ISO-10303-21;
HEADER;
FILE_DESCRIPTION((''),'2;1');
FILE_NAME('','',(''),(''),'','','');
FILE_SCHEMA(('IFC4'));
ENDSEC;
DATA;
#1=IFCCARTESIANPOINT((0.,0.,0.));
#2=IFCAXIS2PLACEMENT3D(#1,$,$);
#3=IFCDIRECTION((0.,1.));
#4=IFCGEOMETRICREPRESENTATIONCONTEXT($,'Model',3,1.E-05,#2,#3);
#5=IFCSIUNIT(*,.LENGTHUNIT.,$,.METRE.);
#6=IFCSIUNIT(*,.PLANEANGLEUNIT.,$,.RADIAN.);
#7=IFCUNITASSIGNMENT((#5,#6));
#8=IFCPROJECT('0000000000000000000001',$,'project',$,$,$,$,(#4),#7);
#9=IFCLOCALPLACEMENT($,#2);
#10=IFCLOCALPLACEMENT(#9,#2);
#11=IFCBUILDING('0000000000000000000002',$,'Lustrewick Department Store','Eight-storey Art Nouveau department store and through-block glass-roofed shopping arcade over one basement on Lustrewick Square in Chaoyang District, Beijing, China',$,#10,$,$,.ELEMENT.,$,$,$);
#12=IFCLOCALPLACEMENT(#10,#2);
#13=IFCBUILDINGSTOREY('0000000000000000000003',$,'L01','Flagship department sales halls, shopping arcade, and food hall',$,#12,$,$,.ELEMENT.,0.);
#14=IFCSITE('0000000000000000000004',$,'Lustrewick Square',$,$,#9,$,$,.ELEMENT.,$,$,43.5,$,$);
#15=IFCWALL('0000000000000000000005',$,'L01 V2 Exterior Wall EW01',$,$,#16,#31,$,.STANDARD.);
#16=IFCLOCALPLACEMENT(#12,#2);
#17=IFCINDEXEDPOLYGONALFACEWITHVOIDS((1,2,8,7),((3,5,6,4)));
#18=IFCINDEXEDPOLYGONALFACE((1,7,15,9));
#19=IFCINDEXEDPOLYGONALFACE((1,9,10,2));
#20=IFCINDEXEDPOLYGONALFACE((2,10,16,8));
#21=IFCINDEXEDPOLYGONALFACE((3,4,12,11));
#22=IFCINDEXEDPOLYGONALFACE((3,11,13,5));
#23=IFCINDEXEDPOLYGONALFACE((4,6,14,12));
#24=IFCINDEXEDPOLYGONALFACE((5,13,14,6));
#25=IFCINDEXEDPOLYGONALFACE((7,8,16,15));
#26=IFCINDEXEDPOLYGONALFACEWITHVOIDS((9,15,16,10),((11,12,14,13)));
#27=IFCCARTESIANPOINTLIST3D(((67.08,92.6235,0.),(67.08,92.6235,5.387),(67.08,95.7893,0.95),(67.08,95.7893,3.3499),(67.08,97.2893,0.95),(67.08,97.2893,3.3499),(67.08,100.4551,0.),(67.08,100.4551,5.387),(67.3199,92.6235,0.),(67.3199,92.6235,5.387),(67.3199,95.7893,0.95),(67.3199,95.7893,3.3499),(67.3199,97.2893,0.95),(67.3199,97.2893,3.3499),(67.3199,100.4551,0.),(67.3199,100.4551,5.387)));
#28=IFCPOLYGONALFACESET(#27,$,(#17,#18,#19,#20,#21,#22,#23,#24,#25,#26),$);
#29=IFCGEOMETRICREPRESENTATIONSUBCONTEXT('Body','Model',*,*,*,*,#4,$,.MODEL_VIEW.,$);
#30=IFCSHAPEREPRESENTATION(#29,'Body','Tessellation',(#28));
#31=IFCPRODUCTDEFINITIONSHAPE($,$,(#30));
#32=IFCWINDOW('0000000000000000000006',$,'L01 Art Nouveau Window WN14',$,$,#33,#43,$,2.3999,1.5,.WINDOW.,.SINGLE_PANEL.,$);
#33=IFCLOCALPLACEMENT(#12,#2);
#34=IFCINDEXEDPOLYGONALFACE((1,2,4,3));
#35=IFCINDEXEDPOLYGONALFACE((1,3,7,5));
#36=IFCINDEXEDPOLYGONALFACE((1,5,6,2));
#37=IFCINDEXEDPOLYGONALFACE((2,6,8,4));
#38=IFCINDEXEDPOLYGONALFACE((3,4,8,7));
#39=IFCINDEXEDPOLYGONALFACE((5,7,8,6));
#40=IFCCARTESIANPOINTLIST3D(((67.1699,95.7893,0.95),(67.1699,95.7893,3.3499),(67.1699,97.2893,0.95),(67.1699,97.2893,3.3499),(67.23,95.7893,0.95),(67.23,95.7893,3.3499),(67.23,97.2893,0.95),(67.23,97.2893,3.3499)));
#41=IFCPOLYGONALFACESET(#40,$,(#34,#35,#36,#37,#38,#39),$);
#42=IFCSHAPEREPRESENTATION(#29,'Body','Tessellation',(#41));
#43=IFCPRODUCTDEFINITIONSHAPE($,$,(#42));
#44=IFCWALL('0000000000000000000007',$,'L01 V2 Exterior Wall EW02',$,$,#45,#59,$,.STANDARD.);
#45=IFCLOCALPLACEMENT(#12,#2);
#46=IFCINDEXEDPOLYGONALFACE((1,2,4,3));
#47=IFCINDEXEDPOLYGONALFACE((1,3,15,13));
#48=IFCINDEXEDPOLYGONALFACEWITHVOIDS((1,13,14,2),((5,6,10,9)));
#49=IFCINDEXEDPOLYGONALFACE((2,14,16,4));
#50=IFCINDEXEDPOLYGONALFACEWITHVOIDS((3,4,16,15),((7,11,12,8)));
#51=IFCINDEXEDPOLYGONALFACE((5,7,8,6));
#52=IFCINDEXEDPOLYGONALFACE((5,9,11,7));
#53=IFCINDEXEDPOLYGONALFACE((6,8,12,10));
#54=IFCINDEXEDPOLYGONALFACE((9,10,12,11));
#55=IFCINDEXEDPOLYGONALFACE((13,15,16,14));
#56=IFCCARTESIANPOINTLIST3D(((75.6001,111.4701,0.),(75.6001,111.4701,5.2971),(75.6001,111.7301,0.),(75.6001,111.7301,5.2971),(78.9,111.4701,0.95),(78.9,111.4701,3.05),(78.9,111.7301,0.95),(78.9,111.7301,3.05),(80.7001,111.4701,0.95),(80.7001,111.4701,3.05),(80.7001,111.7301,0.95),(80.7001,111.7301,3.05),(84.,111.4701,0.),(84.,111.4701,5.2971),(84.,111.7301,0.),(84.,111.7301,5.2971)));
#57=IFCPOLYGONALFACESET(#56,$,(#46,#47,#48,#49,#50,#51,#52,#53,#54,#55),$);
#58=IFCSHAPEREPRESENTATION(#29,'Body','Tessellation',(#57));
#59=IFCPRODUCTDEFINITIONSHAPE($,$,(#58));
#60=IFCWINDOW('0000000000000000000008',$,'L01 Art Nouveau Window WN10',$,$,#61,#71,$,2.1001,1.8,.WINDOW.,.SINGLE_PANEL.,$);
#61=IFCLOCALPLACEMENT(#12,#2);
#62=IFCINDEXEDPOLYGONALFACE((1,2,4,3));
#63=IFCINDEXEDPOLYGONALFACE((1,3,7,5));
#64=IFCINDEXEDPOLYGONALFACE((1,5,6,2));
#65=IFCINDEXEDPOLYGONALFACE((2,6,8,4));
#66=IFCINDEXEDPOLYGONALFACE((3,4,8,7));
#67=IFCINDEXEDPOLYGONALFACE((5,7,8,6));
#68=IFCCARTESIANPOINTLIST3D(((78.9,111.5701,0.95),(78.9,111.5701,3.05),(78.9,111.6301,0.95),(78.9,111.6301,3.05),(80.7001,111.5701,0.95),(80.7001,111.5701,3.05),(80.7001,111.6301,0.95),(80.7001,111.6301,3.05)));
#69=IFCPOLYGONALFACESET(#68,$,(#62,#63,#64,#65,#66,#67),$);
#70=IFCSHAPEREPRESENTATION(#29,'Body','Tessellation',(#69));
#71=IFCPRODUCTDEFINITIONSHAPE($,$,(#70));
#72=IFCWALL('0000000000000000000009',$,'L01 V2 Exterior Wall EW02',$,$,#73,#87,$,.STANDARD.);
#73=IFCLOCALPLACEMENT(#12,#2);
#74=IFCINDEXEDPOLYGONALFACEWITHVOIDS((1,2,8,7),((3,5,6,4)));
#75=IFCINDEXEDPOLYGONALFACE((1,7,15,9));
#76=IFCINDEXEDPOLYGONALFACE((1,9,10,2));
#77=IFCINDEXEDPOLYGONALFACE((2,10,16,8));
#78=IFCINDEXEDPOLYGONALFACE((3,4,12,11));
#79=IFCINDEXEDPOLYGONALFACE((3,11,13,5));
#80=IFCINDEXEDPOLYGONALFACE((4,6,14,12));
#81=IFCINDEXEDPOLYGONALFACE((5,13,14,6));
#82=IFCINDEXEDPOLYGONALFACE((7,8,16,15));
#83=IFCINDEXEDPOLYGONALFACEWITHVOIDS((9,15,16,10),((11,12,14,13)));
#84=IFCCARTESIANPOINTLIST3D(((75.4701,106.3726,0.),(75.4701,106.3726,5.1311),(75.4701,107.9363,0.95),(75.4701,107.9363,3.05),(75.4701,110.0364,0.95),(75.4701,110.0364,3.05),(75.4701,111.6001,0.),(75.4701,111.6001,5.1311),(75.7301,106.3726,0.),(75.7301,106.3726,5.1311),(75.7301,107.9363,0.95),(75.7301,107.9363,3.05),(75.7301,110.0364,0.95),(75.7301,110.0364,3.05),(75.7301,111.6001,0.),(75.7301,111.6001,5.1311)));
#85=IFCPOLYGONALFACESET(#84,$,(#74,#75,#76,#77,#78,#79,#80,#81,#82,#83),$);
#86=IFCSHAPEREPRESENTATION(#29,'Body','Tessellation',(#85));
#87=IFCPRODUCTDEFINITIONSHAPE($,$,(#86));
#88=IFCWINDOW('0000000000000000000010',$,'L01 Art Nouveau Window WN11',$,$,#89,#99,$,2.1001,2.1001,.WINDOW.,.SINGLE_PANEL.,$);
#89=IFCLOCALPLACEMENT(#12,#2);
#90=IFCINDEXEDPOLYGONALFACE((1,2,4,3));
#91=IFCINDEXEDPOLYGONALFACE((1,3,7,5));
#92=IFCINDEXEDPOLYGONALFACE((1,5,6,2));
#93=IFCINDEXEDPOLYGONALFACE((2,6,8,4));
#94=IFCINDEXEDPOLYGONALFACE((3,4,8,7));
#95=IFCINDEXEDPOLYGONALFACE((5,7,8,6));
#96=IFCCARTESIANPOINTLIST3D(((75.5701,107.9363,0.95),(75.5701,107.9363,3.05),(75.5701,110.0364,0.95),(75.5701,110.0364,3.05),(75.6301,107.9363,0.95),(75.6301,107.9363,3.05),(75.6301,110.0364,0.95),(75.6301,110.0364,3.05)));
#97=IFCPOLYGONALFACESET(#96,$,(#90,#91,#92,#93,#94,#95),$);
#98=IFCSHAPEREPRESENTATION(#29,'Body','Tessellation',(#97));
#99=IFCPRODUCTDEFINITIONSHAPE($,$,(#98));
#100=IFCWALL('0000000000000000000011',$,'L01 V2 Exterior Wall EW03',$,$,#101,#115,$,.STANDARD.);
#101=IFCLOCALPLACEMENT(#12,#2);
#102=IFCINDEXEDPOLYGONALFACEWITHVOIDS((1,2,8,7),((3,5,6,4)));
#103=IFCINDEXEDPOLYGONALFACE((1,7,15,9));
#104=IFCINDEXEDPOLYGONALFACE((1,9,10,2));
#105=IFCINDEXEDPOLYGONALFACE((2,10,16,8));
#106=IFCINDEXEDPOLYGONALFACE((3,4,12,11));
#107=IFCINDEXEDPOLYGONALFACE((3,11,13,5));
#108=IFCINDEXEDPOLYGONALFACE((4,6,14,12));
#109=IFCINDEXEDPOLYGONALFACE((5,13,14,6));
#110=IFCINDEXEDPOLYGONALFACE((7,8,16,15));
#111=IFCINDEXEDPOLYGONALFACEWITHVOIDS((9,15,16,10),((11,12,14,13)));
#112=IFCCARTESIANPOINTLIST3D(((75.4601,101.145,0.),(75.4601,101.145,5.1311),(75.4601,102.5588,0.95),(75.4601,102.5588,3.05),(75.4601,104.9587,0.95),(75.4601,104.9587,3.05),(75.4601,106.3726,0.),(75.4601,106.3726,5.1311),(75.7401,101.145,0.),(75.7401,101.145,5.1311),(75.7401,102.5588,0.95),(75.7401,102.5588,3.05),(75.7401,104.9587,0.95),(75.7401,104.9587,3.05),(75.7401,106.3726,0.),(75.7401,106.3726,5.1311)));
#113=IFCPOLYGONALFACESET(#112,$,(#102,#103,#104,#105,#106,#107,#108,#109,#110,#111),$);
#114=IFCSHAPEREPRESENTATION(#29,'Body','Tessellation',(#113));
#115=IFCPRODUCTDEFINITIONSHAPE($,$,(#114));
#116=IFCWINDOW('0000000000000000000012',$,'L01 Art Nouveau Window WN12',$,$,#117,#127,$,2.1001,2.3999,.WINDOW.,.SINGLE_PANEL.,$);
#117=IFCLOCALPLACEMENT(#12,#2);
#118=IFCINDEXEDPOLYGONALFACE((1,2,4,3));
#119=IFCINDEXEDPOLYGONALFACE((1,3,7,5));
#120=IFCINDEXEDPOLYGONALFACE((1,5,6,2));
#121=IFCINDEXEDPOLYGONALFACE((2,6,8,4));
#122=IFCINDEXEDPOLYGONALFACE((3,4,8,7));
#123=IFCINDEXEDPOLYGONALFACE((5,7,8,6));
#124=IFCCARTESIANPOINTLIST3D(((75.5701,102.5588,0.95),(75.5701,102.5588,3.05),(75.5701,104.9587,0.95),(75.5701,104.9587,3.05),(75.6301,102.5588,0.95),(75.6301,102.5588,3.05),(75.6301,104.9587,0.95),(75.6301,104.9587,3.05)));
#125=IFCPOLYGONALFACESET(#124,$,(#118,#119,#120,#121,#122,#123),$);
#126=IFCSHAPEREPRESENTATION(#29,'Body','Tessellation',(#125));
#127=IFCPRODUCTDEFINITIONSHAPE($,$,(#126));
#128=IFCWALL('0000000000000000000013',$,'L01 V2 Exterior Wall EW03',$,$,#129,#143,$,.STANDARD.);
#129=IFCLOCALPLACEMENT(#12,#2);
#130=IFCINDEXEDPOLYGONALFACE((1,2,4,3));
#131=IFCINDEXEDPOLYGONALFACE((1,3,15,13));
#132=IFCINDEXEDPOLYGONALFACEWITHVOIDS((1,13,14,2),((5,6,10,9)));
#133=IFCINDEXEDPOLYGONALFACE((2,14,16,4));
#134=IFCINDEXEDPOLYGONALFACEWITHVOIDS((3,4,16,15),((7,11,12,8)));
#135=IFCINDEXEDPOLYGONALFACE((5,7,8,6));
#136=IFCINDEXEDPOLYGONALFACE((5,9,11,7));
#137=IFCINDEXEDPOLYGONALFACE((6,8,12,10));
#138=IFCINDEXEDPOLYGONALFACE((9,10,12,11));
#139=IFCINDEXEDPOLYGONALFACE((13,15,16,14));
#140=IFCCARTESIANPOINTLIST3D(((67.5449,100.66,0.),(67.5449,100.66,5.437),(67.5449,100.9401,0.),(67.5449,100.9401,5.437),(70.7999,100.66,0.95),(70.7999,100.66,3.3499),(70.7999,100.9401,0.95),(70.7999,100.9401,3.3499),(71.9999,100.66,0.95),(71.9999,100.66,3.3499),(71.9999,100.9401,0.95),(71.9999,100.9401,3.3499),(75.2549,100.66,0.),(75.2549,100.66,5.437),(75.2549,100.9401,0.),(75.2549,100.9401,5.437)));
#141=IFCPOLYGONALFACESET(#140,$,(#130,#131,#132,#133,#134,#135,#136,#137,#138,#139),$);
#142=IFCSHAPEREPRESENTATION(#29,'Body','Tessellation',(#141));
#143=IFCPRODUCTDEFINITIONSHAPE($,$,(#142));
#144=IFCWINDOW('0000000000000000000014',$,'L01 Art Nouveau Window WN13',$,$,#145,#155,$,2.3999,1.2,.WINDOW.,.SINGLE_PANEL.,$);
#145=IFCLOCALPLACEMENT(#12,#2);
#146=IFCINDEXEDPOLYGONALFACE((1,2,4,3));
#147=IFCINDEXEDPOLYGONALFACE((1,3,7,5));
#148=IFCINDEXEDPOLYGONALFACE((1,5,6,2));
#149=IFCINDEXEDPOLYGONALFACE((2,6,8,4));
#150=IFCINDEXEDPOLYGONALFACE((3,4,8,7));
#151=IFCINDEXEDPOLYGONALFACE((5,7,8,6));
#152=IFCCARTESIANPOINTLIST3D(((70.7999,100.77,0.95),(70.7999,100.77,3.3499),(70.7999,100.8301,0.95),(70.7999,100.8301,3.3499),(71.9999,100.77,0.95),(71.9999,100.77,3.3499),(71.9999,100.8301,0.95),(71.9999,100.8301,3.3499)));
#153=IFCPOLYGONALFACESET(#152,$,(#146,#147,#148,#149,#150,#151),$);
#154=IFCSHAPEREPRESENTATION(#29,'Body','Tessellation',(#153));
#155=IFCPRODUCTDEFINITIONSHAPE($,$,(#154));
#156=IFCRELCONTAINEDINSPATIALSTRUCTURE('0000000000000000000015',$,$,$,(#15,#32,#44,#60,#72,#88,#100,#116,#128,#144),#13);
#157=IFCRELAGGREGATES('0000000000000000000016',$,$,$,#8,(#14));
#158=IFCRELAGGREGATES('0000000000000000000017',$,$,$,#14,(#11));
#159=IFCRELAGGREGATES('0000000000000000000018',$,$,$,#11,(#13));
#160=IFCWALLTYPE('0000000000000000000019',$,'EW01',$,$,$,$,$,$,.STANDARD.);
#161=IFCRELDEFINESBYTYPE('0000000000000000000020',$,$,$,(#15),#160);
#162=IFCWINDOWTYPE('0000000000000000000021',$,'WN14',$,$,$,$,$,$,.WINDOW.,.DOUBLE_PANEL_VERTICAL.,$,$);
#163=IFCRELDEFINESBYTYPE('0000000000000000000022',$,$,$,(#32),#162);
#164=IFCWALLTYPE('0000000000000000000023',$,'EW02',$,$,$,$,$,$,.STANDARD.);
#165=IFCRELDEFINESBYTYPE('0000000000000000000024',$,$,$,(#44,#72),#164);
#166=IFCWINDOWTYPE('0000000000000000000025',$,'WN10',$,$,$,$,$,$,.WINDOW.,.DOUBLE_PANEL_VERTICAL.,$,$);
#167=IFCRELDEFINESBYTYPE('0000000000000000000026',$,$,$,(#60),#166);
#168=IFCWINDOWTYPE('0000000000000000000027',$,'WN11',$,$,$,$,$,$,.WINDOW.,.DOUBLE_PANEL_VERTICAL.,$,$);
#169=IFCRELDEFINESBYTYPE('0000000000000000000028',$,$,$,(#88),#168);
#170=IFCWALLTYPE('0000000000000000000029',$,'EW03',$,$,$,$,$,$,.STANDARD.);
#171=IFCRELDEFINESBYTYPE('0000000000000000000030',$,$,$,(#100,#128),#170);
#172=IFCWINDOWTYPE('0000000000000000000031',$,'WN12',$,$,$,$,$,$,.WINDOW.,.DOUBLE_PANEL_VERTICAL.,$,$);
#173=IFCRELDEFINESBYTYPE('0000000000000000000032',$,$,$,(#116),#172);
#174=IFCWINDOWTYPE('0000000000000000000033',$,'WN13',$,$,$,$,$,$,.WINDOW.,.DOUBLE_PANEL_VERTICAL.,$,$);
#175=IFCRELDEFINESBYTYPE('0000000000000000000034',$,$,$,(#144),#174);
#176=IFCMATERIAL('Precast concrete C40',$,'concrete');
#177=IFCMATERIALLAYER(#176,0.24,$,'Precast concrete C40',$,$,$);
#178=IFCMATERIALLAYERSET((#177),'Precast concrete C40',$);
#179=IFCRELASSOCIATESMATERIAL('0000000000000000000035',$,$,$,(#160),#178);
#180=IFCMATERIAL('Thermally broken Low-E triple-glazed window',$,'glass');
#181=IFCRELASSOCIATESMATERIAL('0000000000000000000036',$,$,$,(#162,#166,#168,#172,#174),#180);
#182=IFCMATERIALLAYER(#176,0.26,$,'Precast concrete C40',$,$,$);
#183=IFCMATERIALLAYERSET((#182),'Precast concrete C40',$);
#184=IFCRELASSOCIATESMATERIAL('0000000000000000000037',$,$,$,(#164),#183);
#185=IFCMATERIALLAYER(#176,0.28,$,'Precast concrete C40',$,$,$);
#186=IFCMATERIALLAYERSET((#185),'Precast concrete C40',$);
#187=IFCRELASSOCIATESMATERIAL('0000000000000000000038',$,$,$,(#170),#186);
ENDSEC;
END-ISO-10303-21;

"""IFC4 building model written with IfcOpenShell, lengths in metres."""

from ifc_helpers import new_model, si_unit, direction, frame, frame_2d, origin, place, context, subcontext, project, spatial, rectangle, extrude, material, layer, layer_set, type_object, element, fill, save


model = new_model("IFC4")

# Units and contexts
model_context = context("Model", 3, precision=1e-05, world=origin(), true_north=direction((0.0, 1.0)))
body_context = subcontext(model_context, "Body", "Model", "MODEL_VIEW")
ifc_project = project(units=[si_unit("LENGTHUNIT", "METRE"), si_unit("PLANEANGLEUNIT", "RADIAN")], contexts=[model_context])

# Site, building, storey
site_placement = place(None, origin())
site = spatial("IfcSite", under=ifc_project, at=site_placement, Name="Lustrewick Square", CompositionType="ELEMENT", RefElevation=43.5)
building_placement = place(site_placement, origin())
building = spatial("IfcBuilding", under=site, at=building_placement, Name="Lustrewick Department Store", Description="Eight-storey Art Nouveau department store and through-block glass-roofed shopping arcade over one basement on Lustrewick Square in Chaoyang District, Beijing, China", CompositionType="ELEMENT")
storey_placement = place(building_placement, origin())
storey = spatial("IfcBuildingStorey", under=building, at=storey_placement, Name="L01", Description="Flagship department sales halls, shopping arcade, and food hall", CompositionType="ELEMENT", Elevation=0.0)

# Walls, openings, windows
ifc_material_1 = material(Name="Precast concrete C40", Category="concrete")
ifc_layer_1 = layer(ifc_material_1, 0.24, Name="Precast concrete C40")
ifc_layer_set_1 = layer_set([ifc_layer_1], Name="Precast concrete C40")
wall_type_1 = type_object("IfcWallType", Name="EW01", PredefinedType="STANDARD", material=ifc_layer_set_1)
wall_1_placement = place(storey_placement, frame((67.2, 100.4551, 0.0), z_axis=(0.0, 0.0, 1.0), x_axis=(0.0, -1.0, 0.0)))
wall_1 = element("IfcWall", 1, at=wall_1_placement, inside=storey, type_object=wall_type_1, Name="L01 V2 Exterior Wall EW01", PredefinedType="STANDARD", context=body_context, shape_type="SweptSolid", body=[
    extrude(rectangle(XDim=7.8315, YDim=0.24, at=frame_2d((3.9158, 0.0))), origin(), (0.0, 0.0, 1.0), 5.387),
])
opening_1_placement = place(wall_1_placement, frame((3.1658, 0.0, 0.95)))
opening_1 = element("IfcOpeningElement", 2, at=opening_1_placement, cuts=wall_1, PredefinedType="OPENING", context=body_context, shape_type="SweptSolid", body=[
    extrude(rectangle(XDim=1.5, YDim=2.3999, at=frame_2d((0.75, 1.2))), frame((0.0, 0.1299, 0.0), z_axis=(0.0, -1.0, 0.0), x_axis=(1.0, 0.0, 0.0)), (0.0, 0.0, 1.0), 0.26),
])
ifc_material_2 = material(Name="Thermally broken Low-E triple-glazed window", Category="glass")
window_type_1 = type_object("IfcWindowType", Name="WN14", PartitioningType="DOUBLE_PANEL_VERTICAL", PredefinedType="WINDOW", material=ifc_material_2)
window_1_placement = place(opening_1_placement, origin())
window_1 = element("IfcWindow", 3, at=window_1_placement, inside=storey, type_object=window_type_1, Name="L01 Art Nouveau Window WN14", OverallHeight=2.3999, OverallWidth=1.5, PartitioningType="SINGLE_PANEL", PredefinedType="WINDOW", context=body_context, shape_type="SweptSolid", body=[
    extrude(rectangle(XDim=1.5, YDim=2.3999, at=frame_2d((0.75, 1.2))), frame((0.0, 0.03, 0.0), z_axis=(0.0, -1.0, 0.0), x_axis=(1.0, 0.0, 0.0)), (0.0, 0.0, 1.0), 0.0601),
])
fill(opening_1, window_1)
ifc_layer_2 = layer(ifc_material_1, 0.26, Name="Precast concrete C40")
ifc_layer_set_2 = layer_set([ifc_layer_2], Name="Precast concrete C40")
wall_type_2 = type_object("IfcWallType", Name="EW02", PredefinedType="STANDARD", material=ifc_layer_set_2)
wall_2_placement = place(storey_placement, frame((84.0, 111.6001, 0.0), z_axis=(0.0, 0.0, 1.0), x_axis=(-1.0, 0.0, 0.0)))
wall_2 = element("IfcWall", 4, at=wall_2_placement, inside=storey, type_object=wall_type_2, Name="L01 V2 Exterior Wall EW02", PredefinedType="STANDARD", context=body_context, shape_type="SweptSolid", body=[
    extrude(rectangle(XDim=8.3999, YDim=0.26, at=frame_2d((4.2, 0.0))), origin(), (0.0, 0.0, 1.0), 5.2971),
])
opening_2_placement = place(wall_2_placement, frame((3.3, 0.0, 0.95)))
opening_2 = element("IfcOpeningElement", 5, at=opening_2_placement, cuts=wall_2, PredefinedType="OPENING", context=body_context, shape_type="SweptSolid", body=[
    extrude(rectangle(XDim=1.8, YDim=2.1001, at=frame_2d((0.8999, 1.05))), frame((0.0, 0.1401, 0.0), z_axis=(0.0, -1.0, 0.0), x_axis=(1.0, 0.0, 0.0)), (0.0, 0.0, 1.0), 0.28),
])
window_type_2 = type_object("IfcWindowType", Name="WN10", PartitioningType="DOUBLE_PANEL_VERTICAL", PredefinedType="WINDOW", material=ifc_material_2)
window_2_placement = place(opening_2_placement, origin())
window_2 = element("IfcWindow", 6, at=window_2_placement, inside=storey, type_object=window_type_2, Name="L01 Art Nouveau Window WN10", OverallHeight=2.1001, OverallWidth=1.8, PartitioningType="SINGLE_PANEL", PredefinedType="WINDOW", context=body_context, shape_type="SweptSolid", body=[
    extrude(rectangle(XDim=1.8, YDim=2.1001, at=frame_2d((0.8999, 1.05))), frame((0.0, 0.03, 0.0), z_axis=(0.0, -1.0, 0.0), x_axis=(1.0, 0.0, 0.0)), (0.0, 0.0, 1.0), 0.0601),
])
fill(opening_2, window_2)
wall_3_placement = place(storey_placement, frame((75.6001, 111.6001, 0.0), z_axis=(0.0, 0.0, 1.0), x_axis=(0.0, -1.0, 0.0)))
wall_3 = element("IfcWall", 7, at=wall_3_placement, inside=storey, type_object=wall_type_2, Name="L01 V2 Exterior Wall EW02", PredefinedType="STANDARD", context=body_context, shape_type="SweptSolid", body=[
    extrude(rectangle(XDim=5.2275, YDim=0.26, at=frame_2d((2.6138, 0.0))), origin(), (0.0, 0.0, 1.0), 5.1311),
])
opening_3_placement = place(wall_3_placement, frame((1.5637, 0.0, 0.95)))
opening_3 = element("IfcOpeningElement", 8, at=opening_3_placement, cuts=wall_3, PredefinedType="OPENING", context=body_context, shape_type="SweptSolid", body=[
    extrude(rectangle(XDim=2.1001, YDim=2.1001, at=frame_2d((1.05, 1.05))), frame((0.0, 0.1401, 0.0), z_axis=(0.0, -1.0, 0.0), x_axis=(1.0, 0.0, 0.0)), (0.0, 0.0, 1.0), 0.28),
])
window_type_3 = type_object("IfcWindowType", Name="WN11", PartitioningType="DOUBLE_PANEL_VERTICAL", PredefinedType="WINDOW", material=ifc_material_2)
window_3_placement = place(opening_3_placement, origin())
window_3 = element("IfcWindow", 9, at=window_3_placement, inside=storey, type_object=window_type_3, Name="L01 Art Nouveau Window WN11", OverallHeight=2.1001, OverallWidth=2.1001, PartitioningType="SINGLE_PANEL", PredefinedType="WINDOW", context=body_context, shape_type="SweptSolid", body=[
    extrude(rectangle(XDim=2.1001, YDim=2.1001, at=frame_2d((1.05, 1.05))), frame((0.0, 0.03, 0.0), z_axis=(0.0, -1.0, 0.0), x_axis=(1.0, 0.0, 0.0)), (0.0, 0.0, 1.0), 0.0601),
])
fill(opening_3, window_3)
ifc_layer_3 = layer(ifc_material_1, 0.28, Name="Precast concrete C40")
ifc_layer_set_3 = layer_set([ifc_layer_3], Name="Precast concrete C40")
wall_type_3 = type_object("IfcWallType", Name="EW03", PredefinedType="STANDARD", material=ifc_layer_set_3)
wall_4_placement = place(storey_placement, frame((75.6001, 106.3726, 0.0), z_axis=(0.0, 0.0, 1.0), x_axis=(0.0, -1.0, 0.0)))
wall_4 = element("IfcWall", 10, at=wall_4_placement, inside=storey, type_object=wall_type_3, Name="L01 V2 Exterior Wall EW03", PredefinedType="STANDARD", context=body_context, shape_type="SweptSolid", body=[
    extrude(rectangle(XDim=5.2275, YDim=0.28, at=frame_2d((2.6138, 0.0))), origin(), (0.0, 0.0, 1.0), 5.1311),
])
opening_4_placement = place(wall_4_placement, frame((1.4138, 0.0, 0.95)))
opening_4 = element("IfcOpeningElement", 11, at=opening_4_placement, cuts=wall_4, PredefinedType="OPENING", context=body_context, shape_type="SweptSolid", body=[
    extrude(rectangle(XDim=2.3999, YDim=2.1001, at=frame_2d((1.2, 1.05))), frame((0.0, 0.1499, 0.0), z_axis=(0.0, -1.0, 0.0), x_axis=(1.0, 0.0, 0.0)), (0.0, 0.0, 1.0), 0.3),
])
window_type_4 = type_object("IfcWindowType", Name="WN12", PartitioningType="DOUBLE_PANEL_VERTICAL", PredefinedType="WINDOW", material=ifc_material_2)
window_4_placement = place(opening_4_placement, origin())
window_4 = element("IfcWindow", 12, at=window_4_placement, inside=storey, type_object=window_type_4, Name="L01 Art Nouveau Window WN12", OverallHeight=2.1001, OverallWidth=2.3999, PartitioningType="SINGLE_PANEL", PredefinedType="WINDOW", context=body_context, shape_type="SweptSolid", body=[
    extrude(rectangle(XDim=2.3999, YDim=2.1001, at=frame_2d((1.2, 1.05))), frame((0.0, 0.03, 0.0), z_axis=(0.0, -1.0, 0.0), x_axis=(1.0, 0.0, 0.0)), (0.0, 0.0, 1.0), 0.0601),
])
fill(opening_4, window_4)
wall_5_placement = place(storey_placement, frame((75.2549, 100.8, 0.0), z_axis=(0.0, 0.0, 1.0), x_axis=(-1.0, 0.0, 0.0)))
wall_5 = element("IfcWall", 13, at=wall_5_placement, inside=storey, type_object=wall_type_3, Name="L01 V2 Exterior Wall EW03", PredefinedType="STANDARD", context=body_context, shape_type="SweptSolid", body=[
    extrude(rectangle(XDim=7.71, YDim=0.28, at=frame_2d((3.855, 0.0))), origin(), (0.0, 0.0, 1.0), 5.437),
])
opening_5_placement = place(wall_5_placement, frame((3.2549, 0.0, 0.95)))
opening_5 = element("IfcOpeningElement", 14, at=opening_5_placement, cuts=wall_5, PredefinedType="OPENING", context=body_context, shape_type="SweptSolid", body=[
    extrude(rectangle(XDim=1.2, YDim=2.3999, at=frame_2d((0.6001, 1.2))), frame((0.0, 0.1499, 0.0), z_axis=(0.0, -1.0, 0.0), x_axis=(1.0, 0.0, 0.0)), (0.0, 0.0, 1.0), 0.3),
])
window_type_5 = type_object("IfcWindowType", Name="WN13", PartitioningType="DOUBLE_PANEL_VERTICAL", PredefinedType="WINDOW", material=ifc_material_2)
window_5_placement = place(opening_5_placement, origin())
window_5 = element("IfcWindow", 15, at=window_5_placement, inside=storey, type_object=window_type_5, Name="L01 Art Nouveau Window WN13", OverallHeight=2.3999, OverallWidth=1.2, PartitioningType="SINGLE_PANEL", PredefinedType="WINDOW", context=body_context, shape_type="SweptSolid", body=[
    extrude(rectangle(XDim=1.2, YDim=2.3999, at=frame_2d((0.6001, 1.2))), frame((0.0, 0.03, 0.0), z_axis=(0.0, -1.0, 0.0), x_axis=(1.0, 0.0, 0.0)), (0.0, 0.0, 1.0), 0.0601),
])
fill(opening_5, window_5)

save(model, "model.ifc")
